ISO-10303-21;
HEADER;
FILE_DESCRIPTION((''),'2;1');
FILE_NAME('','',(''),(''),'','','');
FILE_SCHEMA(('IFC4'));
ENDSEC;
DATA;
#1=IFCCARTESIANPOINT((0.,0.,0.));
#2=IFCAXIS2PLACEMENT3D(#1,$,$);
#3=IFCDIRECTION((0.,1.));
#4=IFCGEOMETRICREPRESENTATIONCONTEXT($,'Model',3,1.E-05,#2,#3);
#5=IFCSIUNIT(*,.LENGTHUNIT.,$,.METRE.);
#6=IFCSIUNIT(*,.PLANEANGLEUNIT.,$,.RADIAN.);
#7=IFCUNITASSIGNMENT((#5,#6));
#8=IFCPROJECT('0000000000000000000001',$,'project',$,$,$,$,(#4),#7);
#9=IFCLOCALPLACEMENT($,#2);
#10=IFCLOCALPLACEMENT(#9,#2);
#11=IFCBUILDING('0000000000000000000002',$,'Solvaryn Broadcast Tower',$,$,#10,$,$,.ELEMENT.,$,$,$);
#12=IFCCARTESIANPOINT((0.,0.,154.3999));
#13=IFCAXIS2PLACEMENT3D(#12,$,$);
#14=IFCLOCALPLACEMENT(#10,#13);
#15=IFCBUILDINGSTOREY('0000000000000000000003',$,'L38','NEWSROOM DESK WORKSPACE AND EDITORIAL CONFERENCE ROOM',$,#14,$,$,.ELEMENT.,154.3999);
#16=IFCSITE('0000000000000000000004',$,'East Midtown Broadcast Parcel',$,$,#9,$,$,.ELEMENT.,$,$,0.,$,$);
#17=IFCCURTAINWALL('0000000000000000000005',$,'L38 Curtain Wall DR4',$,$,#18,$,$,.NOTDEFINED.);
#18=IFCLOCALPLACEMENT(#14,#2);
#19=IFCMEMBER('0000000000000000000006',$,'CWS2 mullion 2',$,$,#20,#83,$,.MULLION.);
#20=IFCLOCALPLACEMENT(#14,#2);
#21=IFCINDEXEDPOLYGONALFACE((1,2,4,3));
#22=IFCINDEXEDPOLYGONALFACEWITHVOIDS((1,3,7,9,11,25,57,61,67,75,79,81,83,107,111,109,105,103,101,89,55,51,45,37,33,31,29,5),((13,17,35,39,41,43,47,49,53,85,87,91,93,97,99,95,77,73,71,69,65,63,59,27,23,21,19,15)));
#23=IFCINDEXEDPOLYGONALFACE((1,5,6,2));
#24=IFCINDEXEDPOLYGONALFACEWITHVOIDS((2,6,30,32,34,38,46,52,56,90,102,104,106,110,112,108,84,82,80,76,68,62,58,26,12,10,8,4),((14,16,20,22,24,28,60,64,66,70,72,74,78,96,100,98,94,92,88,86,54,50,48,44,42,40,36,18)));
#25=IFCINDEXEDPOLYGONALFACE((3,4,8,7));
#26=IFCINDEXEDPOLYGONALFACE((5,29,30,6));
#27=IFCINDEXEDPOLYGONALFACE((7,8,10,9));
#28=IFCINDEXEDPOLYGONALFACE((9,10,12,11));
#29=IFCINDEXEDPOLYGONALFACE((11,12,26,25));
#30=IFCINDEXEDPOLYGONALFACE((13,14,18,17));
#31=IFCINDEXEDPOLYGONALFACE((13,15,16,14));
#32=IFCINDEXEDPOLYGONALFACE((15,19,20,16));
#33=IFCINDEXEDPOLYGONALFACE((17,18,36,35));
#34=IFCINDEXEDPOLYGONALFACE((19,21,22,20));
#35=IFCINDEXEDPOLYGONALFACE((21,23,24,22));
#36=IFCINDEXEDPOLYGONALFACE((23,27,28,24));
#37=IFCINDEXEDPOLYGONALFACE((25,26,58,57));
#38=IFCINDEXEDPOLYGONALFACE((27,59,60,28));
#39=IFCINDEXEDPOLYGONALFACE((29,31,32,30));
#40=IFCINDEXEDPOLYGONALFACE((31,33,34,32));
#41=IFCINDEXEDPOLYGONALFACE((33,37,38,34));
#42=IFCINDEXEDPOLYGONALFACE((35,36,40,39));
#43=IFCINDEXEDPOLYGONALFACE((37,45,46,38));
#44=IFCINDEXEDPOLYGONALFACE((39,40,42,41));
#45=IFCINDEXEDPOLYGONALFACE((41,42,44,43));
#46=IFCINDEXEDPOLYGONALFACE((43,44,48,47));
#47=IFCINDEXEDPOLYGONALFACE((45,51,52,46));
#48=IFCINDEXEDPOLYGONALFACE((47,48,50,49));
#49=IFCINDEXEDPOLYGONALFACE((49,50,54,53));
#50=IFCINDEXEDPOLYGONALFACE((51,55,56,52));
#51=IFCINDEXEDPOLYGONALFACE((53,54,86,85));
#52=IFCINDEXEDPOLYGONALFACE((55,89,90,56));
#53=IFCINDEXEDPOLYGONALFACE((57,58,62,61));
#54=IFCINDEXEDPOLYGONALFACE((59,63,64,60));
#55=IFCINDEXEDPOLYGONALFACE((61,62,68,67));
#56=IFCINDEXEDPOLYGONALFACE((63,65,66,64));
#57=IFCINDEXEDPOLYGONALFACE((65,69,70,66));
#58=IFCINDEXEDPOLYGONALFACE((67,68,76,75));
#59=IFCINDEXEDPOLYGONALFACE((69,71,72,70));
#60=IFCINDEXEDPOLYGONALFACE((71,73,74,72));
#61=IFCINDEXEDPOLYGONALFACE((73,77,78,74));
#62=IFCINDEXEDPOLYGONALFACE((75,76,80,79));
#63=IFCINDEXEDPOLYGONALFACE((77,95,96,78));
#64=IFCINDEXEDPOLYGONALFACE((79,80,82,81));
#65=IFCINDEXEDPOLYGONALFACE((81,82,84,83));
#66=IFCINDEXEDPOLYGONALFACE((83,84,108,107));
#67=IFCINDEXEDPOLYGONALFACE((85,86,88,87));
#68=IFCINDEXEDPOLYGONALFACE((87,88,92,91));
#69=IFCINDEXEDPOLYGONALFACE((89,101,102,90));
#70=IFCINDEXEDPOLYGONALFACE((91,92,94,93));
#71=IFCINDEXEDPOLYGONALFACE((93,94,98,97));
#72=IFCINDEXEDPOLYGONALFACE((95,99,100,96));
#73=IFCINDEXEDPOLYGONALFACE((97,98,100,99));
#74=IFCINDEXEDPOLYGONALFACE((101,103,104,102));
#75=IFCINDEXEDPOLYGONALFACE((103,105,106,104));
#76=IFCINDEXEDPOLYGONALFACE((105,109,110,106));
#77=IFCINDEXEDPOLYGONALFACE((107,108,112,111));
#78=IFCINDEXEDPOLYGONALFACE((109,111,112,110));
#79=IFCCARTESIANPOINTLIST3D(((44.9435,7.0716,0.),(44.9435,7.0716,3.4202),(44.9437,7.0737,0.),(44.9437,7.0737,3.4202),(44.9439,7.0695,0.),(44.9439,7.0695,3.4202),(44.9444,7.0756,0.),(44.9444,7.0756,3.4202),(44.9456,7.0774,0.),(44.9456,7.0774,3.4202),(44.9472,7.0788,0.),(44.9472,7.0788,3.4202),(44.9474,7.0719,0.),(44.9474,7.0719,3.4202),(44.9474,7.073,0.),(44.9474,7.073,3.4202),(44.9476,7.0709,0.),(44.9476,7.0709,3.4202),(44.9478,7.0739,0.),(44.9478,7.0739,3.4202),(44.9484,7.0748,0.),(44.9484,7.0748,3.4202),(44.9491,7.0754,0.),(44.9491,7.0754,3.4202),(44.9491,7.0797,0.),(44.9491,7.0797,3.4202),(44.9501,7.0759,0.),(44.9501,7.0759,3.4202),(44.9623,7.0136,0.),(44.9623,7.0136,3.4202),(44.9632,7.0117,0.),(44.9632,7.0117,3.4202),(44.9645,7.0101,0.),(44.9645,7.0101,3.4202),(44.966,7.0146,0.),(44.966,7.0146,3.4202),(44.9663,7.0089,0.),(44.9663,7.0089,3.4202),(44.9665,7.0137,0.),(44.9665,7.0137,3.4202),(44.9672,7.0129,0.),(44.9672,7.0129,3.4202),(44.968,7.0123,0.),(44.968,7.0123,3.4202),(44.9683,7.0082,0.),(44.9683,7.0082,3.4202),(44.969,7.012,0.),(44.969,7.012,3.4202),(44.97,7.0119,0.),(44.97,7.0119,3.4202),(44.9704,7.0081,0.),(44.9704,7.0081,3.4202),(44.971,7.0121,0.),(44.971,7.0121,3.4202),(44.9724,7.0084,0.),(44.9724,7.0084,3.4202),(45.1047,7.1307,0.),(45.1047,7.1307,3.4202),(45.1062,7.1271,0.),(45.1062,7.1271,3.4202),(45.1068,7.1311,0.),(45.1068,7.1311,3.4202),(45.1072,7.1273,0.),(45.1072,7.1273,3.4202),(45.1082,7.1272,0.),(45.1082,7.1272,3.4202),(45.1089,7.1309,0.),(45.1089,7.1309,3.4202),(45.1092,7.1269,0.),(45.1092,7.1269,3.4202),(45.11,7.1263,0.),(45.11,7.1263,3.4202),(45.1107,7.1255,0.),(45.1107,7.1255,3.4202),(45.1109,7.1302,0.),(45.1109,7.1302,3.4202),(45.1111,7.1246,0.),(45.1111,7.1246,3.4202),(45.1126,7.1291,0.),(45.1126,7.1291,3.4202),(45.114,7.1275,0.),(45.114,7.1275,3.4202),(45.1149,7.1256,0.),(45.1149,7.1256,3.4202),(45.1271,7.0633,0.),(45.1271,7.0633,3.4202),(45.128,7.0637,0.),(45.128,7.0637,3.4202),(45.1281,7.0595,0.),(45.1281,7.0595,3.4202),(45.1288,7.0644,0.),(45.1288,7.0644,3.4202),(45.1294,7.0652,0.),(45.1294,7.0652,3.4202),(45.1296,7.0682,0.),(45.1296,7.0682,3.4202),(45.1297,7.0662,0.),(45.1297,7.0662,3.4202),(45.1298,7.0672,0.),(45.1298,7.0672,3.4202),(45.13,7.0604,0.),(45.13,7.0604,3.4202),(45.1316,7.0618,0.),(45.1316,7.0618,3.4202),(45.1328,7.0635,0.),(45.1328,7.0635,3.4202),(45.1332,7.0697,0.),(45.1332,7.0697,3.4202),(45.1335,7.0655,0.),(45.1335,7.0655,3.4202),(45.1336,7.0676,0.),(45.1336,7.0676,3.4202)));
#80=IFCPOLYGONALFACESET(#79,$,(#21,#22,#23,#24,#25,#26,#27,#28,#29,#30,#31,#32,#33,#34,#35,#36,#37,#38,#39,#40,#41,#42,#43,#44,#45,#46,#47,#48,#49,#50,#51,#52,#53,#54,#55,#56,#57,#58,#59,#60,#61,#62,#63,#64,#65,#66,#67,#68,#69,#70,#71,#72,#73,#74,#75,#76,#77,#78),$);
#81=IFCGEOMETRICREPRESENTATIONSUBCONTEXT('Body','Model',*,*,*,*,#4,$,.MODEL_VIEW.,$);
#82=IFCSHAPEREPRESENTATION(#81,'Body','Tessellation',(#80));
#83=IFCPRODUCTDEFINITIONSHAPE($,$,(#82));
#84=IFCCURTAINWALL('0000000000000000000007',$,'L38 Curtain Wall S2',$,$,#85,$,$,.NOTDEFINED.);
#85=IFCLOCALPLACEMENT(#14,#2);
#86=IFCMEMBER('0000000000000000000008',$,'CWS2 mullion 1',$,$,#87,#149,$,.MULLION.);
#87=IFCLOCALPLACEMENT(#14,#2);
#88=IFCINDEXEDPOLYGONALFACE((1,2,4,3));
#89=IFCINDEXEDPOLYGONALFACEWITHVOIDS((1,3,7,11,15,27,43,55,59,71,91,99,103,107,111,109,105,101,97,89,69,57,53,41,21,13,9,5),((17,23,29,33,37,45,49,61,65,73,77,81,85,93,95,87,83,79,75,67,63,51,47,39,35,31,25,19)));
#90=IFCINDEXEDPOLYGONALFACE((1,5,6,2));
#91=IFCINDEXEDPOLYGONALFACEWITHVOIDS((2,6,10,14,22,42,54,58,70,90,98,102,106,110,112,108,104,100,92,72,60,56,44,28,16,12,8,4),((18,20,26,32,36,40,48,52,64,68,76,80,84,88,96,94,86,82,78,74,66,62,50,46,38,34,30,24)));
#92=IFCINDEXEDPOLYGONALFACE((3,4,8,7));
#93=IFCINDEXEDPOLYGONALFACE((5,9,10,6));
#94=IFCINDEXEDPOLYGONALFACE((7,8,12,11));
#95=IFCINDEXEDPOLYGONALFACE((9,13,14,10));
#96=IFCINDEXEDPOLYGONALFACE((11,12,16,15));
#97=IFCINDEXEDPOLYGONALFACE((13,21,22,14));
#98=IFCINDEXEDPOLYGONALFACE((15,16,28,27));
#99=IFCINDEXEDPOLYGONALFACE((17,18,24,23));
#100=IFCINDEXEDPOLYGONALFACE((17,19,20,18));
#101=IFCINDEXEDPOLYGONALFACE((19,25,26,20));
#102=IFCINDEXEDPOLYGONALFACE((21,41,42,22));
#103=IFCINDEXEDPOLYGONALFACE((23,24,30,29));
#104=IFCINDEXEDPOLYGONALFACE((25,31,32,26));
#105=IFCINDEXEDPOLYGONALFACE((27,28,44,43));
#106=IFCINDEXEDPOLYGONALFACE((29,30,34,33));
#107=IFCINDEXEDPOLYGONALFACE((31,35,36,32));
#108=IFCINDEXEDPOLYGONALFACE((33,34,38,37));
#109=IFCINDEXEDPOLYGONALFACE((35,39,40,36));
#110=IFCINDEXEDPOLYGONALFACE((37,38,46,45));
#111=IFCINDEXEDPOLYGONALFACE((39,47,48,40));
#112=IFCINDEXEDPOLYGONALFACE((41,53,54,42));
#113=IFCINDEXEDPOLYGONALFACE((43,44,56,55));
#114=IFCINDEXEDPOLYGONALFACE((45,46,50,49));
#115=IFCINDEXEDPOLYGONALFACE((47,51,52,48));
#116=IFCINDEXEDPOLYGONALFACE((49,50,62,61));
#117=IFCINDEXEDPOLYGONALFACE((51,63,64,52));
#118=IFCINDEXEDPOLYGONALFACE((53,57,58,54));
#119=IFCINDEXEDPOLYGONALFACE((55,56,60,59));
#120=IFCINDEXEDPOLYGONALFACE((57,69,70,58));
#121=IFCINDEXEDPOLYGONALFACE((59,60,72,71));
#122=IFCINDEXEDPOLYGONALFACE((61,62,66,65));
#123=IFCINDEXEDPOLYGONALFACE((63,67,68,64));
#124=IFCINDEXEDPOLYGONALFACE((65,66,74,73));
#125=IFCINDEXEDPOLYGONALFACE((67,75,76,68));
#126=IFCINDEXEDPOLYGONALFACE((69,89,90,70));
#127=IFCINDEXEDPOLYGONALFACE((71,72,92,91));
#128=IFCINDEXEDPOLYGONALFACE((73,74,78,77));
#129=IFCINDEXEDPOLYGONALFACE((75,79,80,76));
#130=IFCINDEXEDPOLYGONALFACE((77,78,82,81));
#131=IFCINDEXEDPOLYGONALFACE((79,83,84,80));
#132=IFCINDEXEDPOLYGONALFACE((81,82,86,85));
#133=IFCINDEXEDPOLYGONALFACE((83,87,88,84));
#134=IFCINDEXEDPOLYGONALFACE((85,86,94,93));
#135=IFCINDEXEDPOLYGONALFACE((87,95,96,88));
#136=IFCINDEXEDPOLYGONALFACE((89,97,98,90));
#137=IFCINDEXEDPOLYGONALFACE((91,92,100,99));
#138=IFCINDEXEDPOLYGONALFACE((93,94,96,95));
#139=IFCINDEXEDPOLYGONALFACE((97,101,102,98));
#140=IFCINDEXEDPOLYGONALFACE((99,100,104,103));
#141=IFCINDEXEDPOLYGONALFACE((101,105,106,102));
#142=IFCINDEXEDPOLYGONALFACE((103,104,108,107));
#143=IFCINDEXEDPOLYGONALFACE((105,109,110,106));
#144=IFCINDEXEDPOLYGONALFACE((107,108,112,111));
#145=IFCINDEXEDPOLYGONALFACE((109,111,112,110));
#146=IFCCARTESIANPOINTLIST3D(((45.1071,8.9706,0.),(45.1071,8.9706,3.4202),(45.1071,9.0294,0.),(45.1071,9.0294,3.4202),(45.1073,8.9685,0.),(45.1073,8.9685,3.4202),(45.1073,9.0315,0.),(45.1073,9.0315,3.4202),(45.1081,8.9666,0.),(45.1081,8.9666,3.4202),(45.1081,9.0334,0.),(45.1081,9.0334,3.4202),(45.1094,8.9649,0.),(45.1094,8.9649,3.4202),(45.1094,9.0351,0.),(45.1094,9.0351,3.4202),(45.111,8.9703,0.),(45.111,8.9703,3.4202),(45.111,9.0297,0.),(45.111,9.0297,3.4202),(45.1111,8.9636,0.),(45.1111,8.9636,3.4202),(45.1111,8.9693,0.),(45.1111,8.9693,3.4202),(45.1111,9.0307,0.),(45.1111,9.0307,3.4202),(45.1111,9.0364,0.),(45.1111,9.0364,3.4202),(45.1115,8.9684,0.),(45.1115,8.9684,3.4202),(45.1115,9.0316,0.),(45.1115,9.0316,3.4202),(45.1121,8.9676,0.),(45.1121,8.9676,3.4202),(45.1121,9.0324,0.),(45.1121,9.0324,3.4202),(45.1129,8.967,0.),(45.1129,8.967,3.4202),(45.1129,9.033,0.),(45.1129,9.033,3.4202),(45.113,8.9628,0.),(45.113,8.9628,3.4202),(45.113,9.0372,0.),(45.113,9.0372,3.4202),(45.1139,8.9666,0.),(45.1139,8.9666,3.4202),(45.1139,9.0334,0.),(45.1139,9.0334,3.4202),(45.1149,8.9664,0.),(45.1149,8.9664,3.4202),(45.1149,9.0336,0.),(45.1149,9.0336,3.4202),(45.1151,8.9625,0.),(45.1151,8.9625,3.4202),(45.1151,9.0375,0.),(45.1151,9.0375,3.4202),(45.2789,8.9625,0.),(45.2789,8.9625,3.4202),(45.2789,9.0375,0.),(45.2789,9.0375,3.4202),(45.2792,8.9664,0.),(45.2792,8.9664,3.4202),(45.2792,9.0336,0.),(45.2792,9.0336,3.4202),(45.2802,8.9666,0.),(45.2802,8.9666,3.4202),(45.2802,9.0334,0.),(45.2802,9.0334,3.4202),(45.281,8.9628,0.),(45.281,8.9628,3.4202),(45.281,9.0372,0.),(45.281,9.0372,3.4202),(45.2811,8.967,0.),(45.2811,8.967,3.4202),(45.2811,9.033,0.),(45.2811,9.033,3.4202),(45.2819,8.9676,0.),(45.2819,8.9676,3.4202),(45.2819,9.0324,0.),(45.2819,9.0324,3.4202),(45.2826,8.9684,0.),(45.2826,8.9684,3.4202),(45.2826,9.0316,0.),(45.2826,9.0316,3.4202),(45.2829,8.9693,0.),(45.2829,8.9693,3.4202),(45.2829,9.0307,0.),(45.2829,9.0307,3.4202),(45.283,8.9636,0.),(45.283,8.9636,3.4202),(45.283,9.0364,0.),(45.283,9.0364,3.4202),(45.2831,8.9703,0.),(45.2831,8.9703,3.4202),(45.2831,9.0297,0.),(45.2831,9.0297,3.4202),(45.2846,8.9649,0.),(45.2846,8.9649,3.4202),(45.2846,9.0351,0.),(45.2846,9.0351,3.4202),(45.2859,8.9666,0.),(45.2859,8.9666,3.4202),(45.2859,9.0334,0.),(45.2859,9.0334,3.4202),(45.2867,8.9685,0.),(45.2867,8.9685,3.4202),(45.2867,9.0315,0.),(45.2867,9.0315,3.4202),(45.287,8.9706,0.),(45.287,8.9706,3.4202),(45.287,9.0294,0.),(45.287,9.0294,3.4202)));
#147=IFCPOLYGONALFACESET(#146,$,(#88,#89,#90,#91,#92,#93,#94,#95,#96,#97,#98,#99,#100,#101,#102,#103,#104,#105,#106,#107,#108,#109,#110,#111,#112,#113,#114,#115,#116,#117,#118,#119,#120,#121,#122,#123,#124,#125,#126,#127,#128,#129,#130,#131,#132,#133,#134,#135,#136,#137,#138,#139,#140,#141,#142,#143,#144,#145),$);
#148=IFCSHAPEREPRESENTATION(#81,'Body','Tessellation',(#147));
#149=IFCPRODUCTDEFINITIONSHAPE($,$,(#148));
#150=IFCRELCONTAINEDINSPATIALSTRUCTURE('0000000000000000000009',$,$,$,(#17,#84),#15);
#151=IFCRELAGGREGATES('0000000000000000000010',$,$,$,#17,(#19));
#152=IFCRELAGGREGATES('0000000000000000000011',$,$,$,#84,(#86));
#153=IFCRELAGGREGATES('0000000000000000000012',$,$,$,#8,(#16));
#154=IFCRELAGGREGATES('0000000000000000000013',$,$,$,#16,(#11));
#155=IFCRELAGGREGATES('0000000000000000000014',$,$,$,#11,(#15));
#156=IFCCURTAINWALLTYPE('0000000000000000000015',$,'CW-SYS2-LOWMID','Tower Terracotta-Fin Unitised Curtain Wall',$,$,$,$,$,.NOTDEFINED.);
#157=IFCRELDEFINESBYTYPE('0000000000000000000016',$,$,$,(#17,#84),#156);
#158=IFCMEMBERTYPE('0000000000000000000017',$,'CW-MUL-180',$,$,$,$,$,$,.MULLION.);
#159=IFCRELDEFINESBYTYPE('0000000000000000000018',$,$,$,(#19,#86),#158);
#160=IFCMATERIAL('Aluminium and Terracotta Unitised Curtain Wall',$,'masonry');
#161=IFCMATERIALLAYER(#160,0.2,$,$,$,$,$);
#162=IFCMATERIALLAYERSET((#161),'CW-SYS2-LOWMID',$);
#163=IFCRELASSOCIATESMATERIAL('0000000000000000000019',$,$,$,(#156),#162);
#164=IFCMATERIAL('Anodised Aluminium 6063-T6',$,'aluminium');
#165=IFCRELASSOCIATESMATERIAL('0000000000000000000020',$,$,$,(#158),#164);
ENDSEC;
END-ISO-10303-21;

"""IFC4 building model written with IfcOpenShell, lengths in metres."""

from ifc_helpers import new_model, si_unit, direction, frame, origin, origin_2d, place, context, subcontext, project, spatial, hollow_rectangle, extrude, material, layer, layer_set, material_profile, profile_set, type_object, element, aggregate, save


model = new_model("IFC4")

# Units and contexts
model_context = context("Model", 3, precision=1e-05, world=origin(), true_north=direction((0.0, 1.0)))
body_context = subcontext(model_context, "Body", "Model", "MODEL_VIEW")
ifc_project = project(units=[si_unit("LENGTHUNIT", "METRE"), si_unit("PLANEANGLEUNIT", "RADIAN")], contexts=[model_context])

# Site, building, storey
site_placement = place(None, origin())
site = spatial("IfcSite", under=ifc_project, at=site_placement, Name="East Midtown Broadcast Parcel", CompositionType="ELEMENT", RefElevation=0.0)
building_placement = place(site_placement, origin())
building = spatial("IfcBuilding", under=site, at=building_placement, Name="Solvaryn Broadcast Tower", CompositionType="ELEMENT")
storey_placement = place(building_placement, frame((0.0, 0.0, 154.3999)))
storey = spatial("IfcBuildingStorey", under=building, at=storey_placement, Name="L38", Description="NEWSROOM DESK WORKSPACE AND EDITORIAL CONFERENCE ROOM", CompositionType="ELEMENT", Elevation=154.3999)

# Curtain wall, member
ifc_material_1 = material(Name="Aluminium and Terracotta Unitised Curtain Wall", Category="masonry")
ifc_layer_1 = layer(ifc_material_1, 0.2)
ifc_layer_set_1 = layer_set([ifc_layer_1], Name="CW-SYS2-LOWMID")
curtain_wall_type = type_object("IfcCurtainWallType", Name="CW-SYS2-LOWMID", Description="Tower Terracotta-Fin Unitised Curtain Wall", PredefinedType="NOTDEFINED", material=ifc_layer_set_1)
curtain_wall_1_placement = place(storey_placement, origin())
curtain_wall_1 = element("IfcCurtainWall", 1, at=curtain_wall_1_placement, inside=storey, type_object=curtain_wall_type, Name="L38 Curtain Wall DR4", PredefinedType="NOTDEFINED")
ifc_material_2 = material(Name="Anodised Aluminium 6063-T6", Category="aluminium")
ifc_material_profile_1 = material_profile(ifc_material_2, hollow_rectangle(XDim=0.075, YDim=0.1799, WallThickness=0.0039, InnerFilletRadius=0.0039, OuterFilletRadius=0.0081, at=origin_2d()))
ifc_profile_set_1 = profile_set([ifc_material_profile_1], Name="Anodised Aluminium 6063-T6")
member_type_1 = type_object("IfcMemberType", Name="CW-MUL-180", PredefinedType="MULLION", material=ifc_profile_set_1)
member_1_placement = place(storey_placement, frame((45.0386, 7.0696, 0.0), z_axis=(0.0, 0.0, 1.0), x_axis=(-0.311646, 0.950198, 0.0)))
member_1 = element("IfcMember", 2, at=member_1_placement, type_object=member_type_1, Name="CWS2 mullion 2", PredefinedType="MULLION", context=body_context, shape_type="SweptSolid", body=[
    extrude(hollow_rectangle(XDim=0.075, YDim=0.1799, WallThickness=0.0039, InnerFilletRadius=0.0039, OuterFilletRadius=0.0081, at=origin_2d()), origin(), (0.0, 0.0, 1.0), 3.4202),
])
aggregate(curtain_wall_1, [member_1])

# Curtain wall, member
curtain_wall_2_placement = place(storey_placement, origin())
curtain_wall_2 = element("IfcCurtainWall", 3, at=curtain_wall_2_placement, inside=storey, type_object=curtain_wall_type, Name="L38 Curtain Wall S2", PredefinedType="NOTDEFINED")
member_2_placement = place(storey_placement, frame((45.197, 9.0, 0.0), z_axis=(0.0, 0.0, 1.0), x_axis=(0.0, 1.0, 0.0)))
member_2 = element("IfcMember", 4, at=member_2_placement, type_object=member_type_1, Name="CWS2 mullion 1", PredefinedType="MULLION", context=body_context, shape_type="SweptSolid", body=[
    extrude(hollow_rectangle(XDim=0.075, YDim=0.1799, WallThickness=0.0039, InnerFilletRadius=0.0039, OuterFilletRadius=0.0081, at=origin_2d()), origin(), (0.0, 0.0, 1.0), 3.4202),
])
aggregate(curtain_wall_2, [member_2])

save(model, "model.ifc")
